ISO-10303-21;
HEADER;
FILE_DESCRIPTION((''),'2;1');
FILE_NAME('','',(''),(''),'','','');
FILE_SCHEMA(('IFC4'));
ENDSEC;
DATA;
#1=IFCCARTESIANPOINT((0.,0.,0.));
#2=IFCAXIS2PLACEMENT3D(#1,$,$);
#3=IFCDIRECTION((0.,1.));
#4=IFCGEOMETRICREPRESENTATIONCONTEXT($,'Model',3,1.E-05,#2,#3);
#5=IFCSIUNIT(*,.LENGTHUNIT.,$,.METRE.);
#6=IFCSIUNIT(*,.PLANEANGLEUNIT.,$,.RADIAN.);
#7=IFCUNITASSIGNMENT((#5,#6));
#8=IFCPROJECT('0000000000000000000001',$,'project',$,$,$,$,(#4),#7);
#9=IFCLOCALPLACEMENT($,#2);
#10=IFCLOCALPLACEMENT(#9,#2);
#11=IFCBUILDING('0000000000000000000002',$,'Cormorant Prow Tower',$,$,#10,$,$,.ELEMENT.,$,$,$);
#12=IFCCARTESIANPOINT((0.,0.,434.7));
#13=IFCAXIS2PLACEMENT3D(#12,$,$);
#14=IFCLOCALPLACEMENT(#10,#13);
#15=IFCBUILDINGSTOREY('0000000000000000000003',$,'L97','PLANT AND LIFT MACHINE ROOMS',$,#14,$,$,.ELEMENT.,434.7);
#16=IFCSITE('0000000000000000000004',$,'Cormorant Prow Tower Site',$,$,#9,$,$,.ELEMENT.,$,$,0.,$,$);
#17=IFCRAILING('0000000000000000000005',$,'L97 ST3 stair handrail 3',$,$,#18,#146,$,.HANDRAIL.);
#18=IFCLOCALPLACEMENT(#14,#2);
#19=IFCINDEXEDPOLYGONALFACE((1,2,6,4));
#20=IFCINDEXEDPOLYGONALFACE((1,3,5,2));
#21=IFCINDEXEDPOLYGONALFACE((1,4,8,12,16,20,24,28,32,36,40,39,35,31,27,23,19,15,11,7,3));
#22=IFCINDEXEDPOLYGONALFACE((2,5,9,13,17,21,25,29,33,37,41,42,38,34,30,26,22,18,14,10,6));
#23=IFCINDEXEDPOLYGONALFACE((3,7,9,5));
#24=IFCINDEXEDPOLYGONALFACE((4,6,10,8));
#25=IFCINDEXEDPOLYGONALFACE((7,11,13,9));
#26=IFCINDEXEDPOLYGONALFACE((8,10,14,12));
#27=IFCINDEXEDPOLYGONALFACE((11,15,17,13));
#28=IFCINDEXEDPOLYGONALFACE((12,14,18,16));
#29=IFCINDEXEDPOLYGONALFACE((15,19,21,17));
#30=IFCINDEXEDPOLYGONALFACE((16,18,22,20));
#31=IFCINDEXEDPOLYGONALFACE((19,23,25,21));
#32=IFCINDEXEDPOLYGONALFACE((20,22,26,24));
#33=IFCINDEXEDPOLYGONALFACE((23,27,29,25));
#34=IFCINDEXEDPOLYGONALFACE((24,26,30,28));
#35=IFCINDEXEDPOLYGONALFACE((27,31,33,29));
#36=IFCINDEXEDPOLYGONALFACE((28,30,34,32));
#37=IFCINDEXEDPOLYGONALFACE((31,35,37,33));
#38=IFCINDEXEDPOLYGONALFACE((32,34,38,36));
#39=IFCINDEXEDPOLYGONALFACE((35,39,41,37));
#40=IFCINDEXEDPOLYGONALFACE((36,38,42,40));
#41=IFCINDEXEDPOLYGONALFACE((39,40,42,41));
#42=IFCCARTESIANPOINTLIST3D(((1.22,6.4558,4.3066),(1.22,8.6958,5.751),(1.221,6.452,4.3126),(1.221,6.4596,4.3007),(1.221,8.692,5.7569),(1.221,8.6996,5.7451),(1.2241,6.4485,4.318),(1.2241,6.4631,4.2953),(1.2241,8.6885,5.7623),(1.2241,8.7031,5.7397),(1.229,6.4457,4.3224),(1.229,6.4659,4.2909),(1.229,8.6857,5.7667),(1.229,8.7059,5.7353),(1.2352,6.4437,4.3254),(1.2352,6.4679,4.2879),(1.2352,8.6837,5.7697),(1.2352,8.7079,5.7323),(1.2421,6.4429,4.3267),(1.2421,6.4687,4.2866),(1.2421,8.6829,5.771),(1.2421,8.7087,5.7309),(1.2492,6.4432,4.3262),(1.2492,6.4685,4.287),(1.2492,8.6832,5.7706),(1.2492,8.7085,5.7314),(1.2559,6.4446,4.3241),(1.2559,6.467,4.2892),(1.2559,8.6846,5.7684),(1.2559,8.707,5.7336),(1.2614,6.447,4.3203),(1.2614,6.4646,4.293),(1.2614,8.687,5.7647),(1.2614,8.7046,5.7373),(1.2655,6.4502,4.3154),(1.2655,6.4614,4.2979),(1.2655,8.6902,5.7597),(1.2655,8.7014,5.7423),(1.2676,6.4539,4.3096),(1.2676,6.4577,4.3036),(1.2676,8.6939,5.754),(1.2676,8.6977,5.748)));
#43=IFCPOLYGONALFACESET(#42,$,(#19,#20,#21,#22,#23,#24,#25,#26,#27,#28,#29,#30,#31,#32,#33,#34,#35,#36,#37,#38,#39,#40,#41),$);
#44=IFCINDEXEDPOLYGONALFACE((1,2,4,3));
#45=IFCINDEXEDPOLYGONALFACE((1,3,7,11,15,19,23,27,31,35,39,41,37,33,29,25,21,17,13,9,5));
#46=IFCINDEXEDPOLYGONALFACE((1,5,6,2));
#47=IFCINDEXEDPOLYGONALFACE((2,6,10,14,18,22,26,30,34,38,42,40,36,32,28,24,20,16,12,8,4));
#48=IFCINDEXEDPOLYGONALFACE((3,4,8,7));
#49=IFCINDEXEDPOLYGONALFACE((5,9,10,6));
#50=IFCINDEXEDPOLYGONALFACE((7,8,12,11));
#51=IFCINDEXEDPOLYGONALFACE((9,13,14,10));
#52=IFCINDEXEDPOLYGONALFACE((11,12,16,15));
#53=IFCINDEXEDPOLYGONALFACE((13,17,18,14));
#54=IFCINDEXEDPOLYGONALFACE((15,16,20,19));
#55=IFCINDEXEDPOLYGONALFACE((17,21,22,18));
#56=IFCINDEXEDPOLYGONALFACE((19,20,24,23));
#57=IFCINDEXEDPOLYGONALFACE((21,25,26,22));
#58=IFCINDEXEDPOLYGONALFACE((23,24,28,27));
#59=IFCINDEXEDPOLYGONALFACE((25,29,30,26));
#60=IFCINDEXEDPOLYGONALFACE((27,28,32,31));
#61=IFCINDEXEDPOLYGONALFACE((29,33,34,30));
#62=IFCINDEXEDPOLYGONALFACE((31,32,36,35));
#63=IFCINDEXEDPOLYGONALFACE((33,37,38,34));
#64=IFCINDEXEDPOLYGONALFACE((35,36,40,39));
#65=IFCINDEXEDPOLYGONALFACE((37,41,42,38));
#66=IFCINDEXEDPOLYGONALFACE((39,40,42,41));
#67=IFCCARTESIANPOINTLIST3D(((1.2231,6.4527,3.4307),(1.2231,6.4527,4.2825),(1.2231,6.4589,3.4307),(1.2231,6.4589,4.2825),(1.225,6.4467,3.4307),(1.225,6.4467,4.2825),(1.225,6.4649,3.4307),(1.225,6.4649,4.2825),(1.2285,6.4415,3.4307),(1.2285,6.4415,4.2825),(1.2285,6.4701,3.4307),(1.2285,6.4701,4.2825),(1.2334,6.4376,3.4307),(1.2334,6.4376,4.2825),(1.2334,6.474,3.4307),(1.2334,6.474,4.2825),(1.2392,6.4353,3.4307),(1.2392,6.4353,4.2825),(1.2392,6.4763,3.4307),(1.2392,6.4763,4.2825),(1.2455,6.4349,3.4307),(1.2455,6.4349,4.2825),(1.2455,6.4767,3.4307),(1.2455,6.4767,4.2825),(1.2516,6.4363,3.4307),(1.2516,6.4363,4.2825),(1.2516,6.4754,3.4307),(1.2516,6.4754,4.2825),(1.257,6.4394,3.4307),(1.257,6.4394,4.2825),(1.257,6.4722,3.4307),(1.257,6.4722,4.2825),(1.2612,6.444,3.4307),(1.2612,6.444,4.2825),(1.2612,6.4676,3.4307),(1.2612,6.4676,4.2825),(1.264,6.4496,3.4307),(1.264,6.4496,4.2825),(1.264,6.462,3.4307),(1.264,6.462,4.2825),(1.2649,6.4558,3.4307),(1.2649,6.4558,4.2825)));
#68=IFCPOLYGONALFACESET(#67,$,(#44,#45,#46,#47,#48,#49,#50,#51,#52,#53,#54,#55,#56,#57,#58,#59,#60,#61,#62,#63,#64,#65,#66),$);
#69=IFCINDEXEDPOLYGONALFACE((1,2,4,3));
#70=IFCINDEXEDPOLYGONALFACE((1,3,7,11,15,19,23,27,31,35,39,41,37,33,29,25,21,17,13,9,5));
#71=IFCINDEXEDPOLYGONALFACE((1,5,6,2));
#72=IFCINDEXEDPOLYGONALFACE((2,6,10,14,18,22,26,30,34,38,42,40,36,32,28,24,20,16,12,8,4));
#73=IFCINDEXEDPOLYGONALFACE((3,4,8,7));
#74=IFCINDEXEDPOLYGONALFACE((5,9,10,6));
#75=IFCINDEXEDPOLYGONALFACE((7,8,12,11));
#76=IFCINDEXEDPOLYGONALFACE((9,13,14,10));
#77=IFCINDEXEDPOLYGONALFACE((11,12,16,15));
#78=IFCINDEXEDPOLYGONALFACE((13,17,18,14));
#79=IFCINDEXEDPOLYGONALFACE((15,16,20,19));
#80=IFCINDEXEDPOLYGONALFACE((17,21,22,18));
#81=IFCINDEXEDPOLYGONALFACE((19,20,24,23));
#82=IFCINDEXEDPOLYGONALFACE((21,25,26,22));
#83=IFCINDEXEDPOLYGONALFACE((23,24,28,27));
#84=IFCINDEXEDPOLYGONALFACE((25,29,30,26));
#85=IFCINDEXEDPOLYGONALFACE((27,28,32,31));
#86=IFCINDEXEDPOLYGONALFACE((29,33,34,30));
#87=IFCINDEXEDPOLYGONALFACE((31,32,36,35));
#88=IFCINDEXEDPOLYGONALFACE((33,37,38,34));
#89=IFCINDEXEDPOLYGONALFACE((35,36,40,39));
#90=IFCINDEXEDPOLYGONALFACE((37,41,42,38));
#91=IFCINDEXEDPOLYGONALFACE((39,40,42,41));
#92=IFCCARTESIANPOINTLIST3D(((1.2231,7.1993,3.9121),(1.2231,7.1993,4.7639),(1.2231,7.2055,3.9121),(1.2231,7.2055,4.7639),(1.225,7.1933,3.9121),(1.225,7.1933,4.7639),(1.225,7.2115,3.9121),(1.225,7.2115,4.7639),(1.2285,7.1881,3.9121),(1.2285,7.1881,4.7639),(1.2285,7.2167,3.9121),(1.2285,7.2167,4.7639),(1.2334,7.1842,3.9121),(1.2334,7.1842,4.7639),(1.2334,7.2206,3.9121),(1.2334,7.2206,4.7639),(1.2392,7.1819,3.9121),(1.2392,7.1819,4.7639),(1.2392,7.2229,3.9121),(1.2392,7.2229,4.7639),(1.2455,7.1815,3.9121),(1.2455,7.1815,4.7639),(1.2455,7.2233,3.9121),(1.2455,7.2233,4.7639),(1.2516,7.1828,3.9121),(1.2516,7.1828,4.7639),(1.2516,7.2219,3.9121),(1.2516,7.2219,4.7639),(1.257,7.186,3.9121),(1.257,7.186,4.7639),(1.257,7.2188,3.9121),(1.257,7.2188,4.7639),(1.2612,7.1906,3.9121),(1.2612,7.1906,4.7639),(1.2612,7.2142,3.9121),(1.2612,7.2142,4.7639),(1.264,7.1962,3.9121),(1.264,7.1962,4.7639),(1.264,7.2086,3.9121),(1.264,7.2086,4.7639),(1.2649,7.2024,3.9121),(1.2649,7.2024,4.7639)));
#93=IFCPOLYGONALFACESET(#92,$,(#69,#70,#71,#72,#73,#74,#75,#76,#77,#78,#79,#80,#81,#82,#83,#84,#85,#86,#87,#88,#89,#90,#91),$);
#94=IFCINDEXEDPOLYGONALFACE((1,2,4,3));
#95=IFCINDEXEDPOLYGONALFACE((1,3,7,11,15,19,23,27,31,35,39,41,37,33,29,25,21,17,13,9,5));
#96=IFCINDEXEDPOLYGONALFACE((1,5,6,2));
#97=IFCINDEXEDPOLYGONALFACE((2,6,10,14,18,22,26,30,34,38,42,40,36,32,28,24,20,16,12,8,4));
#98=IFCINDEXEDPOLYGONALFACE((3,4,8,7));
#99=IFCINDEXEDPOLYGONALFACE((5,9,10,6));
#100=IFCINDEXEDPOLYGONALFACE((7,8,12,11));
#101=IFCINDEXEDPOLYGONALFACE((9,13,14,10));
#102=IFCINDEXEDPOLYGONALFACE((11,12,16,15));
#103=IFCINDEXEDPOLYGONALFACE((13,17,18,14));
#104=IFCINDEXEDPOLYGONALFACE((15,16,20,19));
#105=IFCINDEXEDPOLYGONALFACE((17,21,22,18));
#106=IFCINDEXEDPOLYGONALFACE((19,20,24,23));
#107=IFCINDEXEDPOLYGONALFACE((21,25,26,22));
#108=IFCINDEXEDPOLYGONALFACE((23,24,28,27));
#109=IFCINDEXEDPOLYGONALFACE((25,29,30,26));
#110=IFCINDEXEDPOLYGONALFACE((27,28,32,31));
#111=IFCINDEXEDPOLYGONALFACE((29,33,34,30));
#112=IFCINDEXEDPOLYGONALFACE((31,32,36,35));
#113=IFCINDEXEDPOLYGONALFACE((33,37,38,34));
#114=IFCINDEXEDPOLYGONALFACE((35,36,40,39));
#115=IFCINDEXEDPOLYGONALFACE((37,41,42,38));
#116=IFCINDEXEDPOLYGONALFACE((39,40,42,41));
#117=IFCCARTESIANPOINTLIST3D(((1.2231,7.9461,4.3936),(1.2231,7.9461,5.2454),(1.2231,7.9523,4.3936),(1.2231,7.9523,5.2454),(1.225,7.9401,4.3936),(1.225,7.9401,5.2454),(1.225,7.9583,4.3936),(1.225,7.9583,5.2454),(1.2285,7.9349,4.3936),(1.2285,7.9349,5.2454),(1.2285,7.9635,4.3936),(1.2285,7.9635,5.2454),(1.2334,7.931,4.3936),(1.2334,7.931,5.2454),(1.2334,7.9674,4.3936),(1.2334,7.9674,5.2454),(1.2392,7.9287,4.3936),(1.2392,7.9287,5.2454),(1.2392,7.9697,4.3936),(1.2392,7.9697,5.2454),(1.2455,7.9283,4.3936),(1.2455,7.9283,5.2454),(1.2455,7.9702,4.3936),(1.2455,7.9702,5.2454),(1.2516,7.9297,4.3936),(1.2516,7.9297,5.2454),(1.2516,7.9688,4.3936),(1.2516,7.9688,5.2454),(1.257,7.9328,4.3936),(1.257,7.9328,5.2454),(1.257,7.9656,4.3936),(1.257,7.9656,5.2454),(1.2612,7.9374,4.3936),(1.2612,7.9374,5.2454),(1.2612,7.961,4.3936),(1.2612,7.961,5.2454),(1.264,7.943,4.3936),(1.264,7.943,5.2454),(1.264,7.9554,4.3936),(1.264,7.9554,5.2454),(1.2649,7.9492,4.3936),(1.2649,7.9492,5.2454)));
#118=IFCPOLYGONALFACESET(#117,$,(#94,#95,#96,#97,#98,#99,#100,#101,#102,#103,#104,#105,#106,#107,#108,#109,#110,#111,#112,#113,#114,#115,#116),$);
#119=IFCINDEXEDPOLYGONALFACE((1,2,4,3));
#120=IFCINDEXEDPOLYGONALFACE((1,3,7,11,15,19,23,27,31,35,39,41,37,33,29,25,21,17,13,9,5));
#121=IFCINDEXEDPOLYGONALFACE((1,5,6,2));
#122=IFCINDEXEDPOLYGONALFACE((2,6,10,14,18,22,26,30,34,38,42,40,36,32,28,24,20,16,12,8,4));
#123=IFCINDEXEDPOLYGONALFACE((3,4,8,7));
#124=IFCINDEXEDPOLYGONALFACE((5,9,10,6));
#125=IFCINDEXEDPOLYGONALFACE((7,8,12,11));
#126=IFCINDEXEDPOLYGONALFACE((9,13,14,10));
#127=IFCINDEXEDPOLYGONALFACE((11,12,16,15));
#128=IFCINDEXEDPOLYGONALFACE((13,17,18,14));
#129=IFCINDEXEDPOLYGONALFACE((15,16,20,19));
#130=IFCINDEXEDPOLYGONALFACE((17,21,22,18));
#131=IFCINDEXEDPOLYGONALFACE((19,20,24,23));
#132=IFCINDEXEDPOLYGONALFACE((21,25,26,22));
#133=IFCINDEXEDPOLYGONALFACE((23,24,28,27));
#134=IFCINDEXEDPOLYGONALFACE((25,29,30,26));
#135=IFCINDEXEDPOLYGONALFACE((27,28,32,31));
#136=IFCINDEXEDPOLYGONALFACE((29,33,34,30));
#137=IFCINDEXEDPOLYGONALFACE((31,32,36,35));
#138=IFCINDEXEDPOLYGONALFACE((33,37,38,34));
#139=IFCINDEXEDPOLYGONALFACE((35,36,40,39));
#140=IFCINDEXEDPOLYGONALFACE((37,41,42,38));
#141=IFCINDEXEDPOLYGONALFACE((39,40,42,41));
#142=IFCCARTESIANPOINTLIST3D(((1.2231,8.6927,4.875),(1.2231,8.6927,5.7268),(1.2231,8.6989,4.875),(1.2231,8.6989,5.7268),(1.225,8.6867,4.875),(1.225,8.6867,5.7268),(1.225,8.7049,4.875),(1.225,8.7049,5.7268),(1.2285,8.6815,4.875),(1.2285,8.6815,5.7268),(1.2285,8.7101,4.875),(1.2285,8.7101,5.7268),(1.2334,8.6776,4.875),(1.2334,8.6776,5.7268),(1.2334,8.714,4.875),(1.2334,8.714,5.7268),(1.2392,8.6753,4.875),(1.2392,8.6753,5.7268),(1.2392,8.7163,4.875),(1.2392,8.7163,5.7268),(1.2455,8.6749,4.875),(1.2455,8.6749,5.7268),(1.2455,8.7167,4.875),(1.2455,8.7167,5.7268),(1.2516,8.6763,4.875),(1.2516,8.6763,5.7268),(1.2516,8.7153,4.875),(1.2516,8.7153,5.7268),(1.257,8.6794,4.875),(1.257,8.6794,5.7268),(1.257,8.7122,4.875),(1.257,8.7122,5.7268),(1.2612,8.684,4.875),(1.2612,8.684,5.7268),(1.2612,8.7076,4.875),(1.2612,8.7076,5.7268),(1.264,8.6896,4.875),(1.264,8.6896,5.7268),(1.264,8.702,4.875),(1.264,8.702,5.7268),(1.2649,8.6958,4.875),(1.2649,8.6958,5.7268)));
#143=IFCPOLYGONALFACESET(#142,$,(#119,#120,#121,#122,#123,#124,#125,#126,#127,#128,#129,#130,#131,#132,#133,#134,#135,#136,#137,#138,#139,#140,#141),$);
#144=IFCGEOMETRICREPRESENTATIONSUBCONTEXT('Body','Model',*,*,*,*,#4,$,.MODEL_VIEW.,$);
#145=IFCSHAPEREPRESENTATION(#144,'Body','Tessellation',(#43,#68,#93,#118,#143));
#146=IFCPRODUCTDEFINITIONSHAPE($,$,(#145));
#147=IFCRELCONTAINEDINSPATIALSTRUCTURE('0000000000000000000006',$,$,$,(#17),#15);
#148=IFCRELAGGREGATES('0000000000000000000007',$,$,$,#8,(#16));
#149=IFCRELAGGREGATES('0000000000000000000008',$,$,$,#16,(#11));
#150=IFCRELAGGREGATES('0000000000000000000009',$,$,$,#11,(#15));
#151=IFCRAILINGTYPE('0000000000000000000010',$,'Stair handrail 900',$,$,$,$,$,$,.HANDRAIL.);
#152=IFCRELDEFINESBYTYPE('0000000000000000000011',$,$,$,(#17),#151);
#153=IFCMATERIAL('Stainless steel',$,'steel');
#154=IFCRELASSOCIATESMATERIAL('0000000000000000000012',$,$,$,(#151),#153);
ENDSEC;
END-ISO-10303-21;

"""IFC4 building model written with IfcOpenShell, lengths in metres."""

from ifc_helpers import new_model, si_unit, direction, frame, origin, origin_2d, place, context, subcontext, project, spatial, circle, extrude, material, type_object, element, save


model = new_model("IFC4")

# Units and contexts
model_context = context("Model", 3, precision=1e-05, world=origin(), true_north=direction((0.0, 1.0)))
body_context = subcontext(model_context, "Body", "Model", "MODEL_VIEW")
ifc_project = project(units=[si_unit("LENGTHUNIT", "METRE"), si_unit("PLANEANGLEUNIT", "RADIAN")], contexts=[model_context])

# Site, building, storey
site_placement = place(None, origin())
site = spatial("IfcSite", under=ifc_project, at=site_placement, Name="Cormorant Prow Tower Site", CompositionType="ELEMENT", RefElevation=0.0)
building_placement = place(site_placement, origin())
building = spatial("IfcBuilding", under=site, at=building_placement, Name="Cormorant Prow Tower", CompositionType="ELEMENT")
storey_placement = place(building_placement, frame((0.0, 0.0, 434.7)))
storey = spatial("IfcBuildingStorey", under=building, at=storey_placement, Name="L97", Description="PLANT AND LIFT MACHINE ROOMS", CompositionType="ELEMENT", Elevation=434.7)

# Railing
ifc_material_1 = material(Name="Stainless steel", Category="steel")
railing_type_1 = type_object("IfcRailingType", Name="Stair handrail 900", PredefinedType="HANDRAIL", material=ifc_material_1)
for number, where, name in (
    (1, (1.2439, 6.4558, 3.4307), "L97 ST3 stair handrail 3"),
):
    element("IfcRailing", number, at=place(storey_placement, frame(where)), inside=storey, type_object=railing_type_1, Name=name, PredefinedType="HANDRAIL", context=body_context, shape_type="SweptSolid", body=[
        extrude(circle(Radius=0.0239, at=origin_2d()), frame((0.0, 0.0, 0.876), z_axis=(0.0, 0.840437, 0.54191), x_axis=(-1.0, 0.0, 0.0)), (0.0, 0.0, 1.0), 2.6653),
        extrude(circle(Radius=0.021, at=origin_2d()), origin(), (0.0, 0.0, 1.0), 0.8518),
        extrude(circle(Radius=0.021, at=origin_2d()), frame((0.0, 0.7466, 0.4814)), (0.0, 0.0, 1.0), 0.8518),
        extrude(circle(Radius=0.021, at=origin_2d()), frame((0.0, 1.4934, 0.9629)), (0.0, 0.0, 1.0), 0.8518),
        extrude(circle(Radius=0.021, at=origin_2d()), frame((0.0, 2.24, 1.4443)), (0.0, 0.0, 1.0), 0.8518),
    ])

save(model, "model.ifc")
